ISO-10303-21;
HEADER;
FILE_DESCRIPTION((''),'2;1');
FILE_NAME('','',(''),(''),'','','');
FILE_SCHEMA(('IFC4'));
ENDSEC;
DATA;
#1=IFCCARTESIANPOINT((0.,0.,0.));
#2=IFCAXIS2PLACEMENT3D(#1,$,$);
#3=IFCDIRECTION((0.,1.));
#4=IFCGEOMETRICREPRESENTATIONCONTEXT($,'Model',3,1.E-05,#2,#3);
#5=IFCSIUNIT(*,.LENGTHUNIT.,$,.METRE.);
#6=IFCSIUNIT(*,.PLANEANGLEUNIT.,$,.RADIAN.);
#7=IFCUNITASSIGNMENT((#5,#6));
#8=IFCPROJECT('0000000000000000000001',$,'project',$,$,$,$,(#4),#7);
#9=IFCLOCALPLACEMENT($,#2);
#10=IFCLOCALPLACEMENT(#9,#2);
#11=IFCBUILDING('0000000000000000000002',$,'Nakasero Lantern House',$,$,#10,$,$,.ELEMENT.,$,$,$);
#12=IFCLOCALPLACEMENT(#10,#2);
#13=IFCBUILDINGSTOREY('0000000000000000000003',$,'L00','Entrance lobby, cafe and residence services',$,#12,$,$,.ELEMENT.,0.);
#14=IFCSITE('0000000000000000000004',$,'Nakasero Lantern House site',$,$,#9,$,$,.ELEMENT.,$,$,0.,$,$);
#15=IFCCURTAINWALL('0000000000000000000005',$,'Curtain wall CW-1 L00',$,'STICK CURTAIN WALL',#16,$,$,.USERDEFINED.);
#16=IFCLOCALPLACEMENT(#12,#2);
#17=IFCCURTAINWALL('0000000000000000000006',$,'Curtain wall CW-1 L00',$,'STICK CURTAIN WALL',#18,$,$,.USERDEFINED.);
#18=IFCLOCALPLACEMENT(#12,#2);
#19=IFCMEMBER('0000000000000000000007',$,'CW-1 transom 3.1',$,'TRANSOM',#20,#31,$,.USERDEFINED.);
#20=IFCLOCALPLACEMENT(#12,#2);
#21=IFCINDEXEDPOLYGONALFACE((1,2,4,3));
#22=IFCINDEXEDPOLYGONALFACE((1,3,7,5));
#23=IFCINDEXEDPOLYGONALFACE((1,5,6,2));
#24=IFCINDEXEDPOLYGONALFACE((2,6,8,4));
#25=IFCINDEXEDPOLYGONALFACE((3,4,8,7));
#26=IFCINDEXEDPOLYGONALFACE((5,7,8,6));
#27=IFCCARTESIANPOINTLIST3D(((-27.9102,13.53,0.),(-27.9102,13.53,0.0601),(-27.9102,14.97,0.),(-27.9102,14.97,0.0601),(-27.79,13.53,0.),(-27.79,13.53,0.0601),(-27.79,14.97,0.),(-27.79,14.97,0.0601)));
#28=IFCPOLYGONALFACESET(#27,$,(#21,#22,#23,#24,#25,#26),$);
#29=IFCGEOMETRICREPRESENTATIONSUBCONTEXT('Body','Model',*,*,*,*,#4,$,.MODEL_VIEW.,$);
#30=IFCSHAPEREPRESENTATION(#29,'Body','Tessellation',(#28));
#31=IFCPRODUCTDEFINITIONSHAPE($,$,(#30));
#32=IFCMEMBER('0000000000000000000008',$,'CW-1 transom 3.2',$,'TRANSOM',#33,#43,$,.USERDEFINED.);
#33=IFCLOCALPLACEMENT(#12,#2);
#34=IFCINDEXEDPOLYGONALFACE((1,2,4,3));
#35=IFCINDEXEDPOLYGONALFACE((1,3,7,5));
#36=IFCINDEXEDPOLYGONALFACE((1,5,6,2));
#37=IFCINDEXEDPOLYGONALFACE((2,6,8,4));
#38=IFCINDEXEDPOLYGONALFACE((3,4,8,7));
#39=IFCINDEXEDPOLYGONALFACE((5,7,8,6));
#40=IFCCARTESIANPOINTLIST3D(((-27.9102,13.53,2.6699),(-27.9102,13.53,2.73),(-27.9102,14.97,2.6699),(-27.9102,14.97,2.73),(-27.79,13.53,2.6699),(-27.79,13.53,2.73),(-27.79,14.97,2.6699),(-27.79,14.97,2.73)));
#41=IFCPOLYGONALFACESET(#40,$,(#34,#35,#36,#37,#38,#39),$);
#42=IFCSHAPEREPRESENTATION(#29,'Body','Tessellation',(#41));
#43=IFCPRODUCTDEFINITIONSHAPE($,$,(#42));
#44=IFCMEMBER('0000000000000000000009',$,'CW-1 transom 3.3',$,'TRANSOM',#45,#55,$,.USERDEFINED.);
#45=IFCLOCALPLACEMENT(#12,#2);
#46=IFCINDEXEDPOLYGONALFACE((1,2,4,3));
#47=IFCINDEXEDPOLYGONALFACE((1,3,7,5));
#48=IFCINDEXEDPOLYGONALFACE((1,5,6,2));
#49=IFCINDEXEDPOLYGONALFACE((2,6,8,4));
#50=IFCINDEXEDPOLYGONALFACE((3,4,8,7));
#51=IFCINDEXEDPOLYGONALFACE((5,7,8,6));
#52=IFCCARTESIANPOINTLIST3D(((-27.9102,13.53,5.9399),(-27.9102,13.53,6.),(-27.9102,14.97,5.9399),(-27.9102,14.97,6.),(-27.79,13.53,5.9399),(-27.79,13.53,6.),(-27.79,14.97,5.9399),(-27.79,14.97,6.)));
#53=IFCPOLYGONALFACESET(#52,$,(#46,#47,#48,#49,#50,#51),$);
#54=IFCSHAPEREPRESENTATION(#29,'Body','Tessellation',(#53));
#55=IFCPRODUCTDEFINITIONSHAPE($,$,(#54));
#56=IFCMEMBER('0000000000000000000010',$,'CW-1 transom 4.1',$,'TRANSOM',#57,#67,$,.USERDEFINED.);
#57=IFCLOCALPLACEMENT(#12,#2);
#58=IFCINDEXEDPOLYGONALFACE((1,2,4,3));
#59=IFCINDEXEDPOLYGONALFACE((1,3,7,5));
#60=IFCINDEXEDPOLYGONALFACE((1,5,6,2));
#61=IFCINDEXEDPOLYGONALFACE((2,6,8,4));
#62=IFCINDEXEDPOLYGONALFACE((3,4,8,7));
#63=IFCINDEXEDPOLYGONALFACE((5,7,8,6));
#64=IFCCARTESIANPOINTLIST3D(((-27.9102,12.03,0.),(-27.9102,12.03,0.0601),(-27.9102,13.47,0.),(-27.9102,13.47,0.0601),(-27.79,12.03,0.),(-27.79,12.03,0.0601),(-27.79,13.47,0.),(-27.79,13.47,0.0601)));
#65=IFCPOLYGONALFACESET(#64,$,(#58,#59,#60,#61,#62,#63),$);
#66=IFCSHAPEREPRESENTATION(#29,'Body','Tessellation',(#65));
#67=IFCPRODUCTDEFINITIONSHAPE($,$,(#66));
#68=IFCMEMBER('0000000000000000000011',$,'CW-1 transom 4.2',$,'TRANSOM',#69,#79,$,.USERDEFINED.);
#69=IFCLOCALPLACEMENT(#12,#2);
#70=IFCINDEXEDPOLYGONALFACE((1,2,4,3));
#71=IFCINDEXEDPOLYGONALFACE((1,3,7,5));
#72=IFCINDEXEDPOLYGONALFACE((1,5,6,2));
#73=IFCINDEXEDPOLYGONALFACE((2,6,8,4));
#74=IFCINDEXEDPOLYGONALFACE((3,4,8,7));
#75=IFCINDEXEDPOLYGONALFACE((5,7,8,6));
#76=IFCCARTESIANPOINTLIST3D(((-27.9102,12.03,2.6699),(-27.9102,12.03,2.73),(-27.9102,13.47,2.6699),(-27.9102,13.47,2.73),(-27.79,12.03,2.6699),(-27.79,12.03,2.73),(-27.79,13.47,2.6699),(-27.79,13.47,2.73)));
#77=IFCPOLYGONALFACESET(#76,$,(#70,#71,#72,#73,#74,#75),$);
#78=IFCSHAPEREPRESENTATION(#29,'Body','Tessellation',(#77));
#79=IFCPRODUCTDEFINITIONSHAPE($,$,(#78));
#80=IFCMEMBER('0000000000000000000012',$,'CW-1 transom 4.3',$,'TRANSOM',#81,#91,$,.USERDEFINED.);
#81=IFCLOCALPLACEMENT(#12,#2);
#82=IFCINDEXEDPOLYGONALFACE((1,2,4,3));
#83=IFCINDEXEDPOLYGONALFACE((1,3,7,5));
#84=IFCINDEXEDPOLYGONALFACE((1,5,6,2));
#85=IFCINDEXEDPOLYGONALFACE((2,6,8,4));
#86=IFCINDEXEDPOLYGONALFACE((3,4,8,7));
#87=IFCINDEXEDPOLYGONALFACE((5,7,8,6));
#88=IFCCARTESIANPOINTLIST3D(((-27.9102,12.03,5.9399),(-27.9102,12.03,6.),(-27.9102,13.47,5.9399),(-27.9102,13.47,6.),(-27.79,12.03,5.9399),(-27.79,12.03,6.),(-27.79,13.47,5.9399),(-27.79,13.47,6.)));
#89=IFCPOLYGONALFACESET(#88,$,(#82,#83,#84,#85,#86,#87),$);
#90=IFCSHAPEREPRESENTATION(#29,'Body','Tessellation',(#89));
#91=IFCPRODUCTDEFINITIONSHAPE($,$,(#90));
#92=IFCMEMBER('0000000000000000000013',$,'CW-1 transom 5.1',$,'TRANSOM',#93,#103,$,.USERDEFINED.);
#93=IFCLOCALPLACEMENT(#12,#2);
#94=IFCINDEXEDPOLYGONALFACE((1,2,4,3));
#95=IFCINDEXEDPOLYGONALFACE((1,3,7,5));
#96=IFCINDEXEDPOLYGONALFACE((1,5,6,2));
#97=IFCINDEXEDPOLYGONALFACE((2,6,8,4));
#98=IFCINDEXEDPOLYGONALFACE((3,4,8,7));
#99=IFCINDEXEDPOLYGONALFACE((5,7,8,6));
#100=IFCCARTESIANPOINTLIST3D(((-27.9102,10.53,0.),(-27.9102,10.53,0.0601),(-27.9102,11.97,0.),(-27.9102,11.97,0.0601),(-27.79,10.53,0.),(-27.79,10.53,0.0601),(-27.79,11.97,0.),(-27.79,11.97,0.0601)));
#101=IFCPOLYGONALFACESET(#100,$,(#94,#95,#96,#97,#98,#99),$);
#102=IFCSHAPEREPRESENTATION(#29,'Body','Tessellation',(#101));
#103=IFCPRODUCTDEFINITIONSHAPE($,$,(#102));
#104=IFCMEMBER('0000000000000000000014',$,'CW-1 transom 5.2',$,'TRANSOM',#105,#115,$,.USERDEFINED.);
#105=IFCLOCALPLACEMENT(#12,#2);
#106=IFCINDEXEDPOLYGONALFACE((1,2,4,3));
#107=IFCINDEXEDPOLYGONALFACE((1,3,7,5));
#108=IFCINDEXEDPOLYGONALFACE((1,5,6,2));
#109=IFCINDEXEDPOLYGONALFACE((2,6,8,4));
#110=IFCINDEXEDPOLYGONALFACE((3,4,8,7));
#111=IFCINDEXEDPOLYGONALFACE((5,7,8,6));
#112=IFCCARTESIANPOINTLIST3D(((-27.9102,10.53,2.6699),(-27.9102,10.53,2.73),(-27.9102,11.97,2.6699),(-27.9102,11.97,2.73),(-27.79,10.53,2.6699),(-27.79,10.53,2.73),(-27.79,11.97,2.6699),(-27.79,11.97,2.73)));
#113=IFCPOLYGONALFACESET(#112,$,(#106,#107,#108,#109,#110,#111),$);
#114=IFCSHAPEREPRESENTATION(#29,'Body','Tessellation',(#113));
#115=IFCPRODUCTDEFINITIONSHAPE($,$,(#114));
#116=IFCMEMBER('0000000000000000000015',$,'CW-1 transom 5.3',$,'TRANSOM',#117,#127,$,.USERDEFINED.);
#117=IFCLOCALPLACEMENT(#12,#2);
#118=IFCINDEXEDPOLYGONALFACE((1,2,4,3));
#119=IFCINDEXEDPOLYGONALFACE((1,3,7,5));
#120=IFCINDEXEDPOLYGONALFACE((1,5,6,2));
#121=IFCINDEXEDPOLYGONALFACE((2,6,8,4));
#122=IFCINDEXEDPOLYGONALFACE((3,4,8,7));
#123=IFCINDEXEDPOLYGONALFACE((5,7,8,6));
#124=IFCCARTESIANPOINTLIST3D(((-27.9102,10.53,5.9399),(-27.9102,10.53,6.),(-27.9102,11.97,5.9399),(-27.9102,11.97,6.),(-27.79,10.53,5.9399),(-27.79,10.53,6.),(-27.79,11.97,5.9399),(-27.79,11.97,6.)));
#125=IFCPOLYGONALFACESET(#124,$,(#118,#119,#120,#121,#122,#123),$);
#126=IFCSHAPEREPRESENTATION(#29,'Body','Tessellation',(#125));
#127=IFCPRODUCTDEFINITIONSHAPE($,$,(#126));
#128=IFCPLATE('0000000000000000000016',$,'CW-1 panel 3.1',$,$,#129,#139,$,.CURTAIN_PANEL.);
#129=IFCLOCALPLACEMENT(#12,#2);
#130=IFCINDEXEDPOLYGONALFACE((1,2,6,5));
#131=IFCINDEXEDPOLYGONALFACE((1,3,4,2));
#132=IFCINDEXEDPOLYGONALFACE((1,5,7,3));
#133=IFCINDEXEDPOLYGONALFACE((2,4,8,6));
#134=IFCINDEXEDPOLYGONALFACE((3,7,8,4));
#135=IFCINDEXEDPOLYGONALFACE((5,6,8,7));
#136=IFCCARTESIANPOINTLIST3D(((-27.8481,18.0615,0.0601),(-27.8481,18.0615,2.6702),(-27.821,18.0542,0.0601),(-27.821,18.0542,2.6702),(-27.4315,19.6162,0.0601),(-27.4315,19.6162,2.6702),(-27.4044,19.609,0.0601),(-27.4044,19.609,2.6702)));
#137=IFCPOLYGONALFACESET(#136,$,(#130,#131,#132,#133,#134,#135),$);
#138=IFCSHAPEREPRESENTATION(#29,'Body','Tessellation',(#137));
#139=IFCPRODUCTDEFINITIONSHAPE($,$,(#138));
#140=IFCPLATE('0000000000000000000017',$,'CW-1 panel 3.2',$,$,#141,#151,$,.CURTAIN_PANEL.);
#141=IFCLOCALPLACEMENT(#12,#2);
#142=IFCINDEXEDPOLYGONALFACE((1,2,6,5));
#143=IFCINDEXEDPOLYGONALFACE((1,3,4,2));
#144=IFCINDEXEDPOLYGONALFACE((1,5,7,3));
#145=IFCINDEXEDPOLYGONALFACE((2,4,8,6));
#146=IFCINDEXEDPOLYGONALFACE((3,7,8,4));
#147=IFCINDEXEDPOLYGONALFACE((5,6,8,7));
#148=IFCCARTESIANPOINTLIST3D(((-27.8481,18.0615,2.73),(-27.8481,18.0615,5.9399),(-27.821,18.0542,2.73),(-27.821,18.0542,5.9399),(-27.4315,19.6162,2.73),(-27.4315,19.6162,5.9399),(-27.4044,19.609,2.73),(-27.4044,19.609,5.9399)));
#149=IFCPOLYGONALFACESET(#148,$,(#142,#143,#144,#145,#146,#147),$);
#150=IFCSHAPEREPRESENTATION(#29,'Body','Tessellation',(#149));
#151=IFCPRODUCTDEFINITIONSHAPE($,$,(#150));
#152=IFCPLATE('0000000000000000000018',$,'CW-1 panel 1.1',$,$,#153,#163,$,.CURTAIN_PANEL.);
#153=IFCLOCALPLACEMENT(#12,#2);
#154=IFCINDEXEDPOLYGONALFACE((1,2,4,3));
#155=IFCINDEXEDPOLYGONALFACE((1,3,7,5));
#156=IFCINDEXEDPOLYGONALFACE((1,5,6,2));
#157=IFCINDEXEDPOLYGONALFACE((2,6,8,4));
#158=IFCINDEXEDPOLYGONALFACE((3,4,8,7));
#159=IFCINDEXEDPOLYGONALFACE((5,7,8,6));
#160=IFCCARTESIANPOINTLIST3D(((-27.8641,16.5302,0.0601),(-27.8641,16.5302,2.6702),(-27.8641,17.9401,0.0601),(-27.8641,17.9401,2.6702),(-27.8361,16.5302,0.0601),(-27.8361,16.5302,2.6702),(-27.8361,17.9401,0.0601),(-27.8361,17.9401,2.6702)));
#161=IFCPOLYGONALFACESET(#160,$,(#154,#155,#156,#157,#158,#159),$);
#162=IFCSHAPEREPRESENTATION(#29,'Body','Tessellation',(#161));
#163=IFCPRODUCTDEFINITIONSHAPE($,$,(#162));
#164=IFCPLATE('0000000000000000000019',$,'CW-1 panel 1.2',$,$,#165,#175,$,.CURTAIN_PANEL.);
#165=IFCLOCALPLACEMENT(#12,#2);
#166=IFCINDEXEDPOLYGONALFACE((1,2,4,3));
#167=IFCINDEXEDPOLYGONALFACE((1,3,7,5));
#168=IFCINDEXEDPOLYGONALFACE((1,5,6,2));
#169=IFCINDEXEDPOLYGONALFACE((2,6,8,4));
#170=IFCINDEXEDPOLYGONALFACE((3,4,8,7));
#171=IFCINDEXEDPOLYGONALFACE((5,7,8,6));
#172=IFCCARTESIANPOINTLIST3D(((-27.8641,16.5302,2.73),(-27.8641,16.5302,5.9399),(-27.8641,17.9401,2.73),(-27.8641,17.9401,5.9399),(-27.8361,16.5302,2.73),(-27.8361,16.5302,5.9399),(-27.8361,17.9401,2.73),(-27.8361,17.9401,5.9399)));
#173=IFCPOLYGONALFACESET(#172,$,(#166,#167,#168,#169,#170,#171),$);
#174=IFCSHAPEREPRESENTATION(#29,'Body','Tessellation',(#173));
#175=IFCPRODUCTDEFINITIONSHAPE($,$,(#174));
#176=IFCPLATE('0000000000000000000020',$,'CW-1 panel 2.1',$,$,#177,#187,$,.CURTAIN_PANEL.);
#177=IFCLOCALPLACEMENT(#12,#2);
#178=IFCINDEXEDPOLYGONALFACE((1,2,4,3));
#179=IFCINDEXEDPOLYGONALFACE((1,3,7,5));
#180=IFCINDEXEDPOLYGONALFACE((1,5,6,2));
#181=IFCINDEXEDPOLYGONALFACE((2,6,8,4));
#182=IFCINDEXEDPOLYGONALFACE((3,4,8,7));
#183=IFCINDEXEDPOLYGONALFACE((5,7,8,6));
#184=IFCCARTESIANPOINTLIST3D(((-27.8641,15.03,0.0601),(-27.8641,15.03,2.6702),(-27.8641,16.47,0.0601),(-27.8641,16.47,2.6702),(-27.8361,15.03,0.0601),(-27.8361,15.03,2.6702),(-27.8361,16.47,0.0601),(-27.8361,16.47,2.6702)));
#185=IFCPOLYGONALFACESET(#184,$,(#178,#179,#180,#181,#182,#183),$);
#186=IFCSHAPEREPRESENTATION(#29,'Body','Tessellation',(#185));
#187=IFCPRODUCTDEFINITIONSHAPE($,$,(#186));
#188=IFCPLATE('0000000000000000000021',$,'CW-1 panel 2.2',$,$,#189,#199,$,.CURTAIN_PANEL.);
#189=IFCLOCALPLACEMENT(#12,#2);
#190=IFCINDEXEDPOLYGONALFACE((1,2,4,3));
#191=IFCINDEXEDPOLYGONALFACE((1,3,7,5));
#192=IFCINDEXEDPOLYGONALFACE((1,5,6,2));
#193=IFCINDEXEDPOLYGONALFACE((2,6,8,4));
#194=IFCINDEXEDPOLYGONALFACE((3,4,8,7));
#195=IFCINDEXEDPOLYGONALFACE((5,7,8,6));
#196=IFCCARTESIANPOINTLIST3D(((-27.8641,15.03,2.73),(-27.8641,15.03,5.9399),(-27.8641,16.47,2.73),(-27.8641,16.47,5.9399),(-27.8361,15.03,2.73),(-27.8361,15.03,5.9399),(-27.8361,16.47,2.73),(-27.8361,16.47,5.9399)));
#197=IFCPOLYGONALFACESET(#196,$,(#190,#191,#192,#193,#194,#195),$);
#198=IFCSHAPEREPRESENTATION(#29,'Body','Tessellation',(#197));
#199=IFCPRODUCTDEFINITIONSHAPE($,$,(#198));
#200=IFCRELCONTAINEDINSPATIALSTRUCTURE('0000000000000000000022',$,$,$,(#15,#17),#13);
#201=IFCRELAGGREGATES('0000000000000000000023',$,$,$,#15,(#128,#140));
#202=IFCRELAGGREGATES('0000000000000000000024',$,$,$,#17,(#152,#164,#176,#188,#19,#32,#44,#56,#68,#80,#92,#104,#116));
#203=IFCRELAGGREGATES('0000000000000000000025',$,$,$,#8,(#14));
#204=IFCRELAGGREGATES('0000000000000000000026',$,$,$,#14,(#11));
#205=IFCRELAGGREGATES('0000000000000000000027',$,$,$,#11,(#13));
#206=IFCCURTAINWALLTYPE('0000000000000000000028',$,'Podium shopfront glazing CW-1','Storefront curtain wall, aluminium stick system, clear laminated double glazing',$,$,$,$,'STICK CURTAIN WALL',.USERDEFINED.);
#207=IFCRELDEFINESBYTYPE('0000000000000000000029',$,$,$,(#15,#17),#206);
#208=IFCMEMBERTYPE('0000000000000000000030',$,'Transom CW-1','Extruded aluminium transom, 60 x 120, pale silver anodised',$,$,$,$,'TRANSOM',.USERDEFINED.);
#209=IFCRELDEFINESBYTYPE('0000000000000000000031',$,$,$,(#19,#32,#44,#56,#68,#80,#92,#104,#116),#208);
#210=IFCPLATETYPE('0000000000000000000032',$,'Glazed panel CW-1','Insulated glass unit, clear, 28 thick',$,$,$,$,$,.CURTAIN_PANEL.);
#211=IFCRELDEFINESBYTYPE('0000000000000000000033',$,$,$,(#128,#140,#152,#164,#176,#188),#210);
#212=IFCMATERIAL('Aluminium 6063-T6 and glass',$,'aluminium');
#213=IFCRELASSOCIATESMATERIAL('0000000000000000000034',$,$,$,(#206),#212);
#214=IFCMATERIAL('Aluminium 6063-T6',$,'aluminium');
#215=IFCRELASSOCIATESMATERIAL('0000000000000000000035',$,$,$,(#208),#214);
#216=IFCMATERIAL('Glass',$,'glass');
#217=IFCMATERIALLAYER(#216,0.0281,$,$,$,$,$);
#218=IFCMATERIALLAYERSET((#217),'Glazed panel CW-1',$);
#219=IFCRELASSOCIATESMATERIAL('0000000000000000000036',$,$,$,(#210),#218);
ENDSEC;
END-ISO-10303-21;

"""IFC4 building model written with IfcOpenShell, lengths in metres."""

from ifc_helpers import new_model, si_unit, direction, frame, origin, origin_2d, place, context, subcontext, project, spatial, rectangle, extrude, material, layer, layer_set, material_profile, profile_set, type_object, element, aggregate, save


model = new_model("IFC4")

# Units and contexts
model_context = context("Model", 3, precision=1e-05, world=origin(), true_north=direction((0.0, 1.0)))
body_context = subcontext(model_context, "Body", "Model", "MODEL_VIEW")
ifc_project = project(units=[si_unit("LENGTHUNIT", "METRE"), si_unit("PLANEANGLEUNIT", "RADIAN")], contexts=[model_context])

# Site, building, storey
site_placement = place(None, origin())
site = spatial("IfcSite", under=ifc_project, at=site_placement, Name="Nakasero Lantern House site", CompositionType="ELEMENT", RefElevation=0.0)
building_placement = place(site_placement, origin())
building = spatial("IfcBuilding", under=site, at=building_placement, Name="Nakasero Lantern House", CompositionType="ELEMENT")
storey_placement = place(building_placement, origin())
storey = spatial("IfcBuildingStorey", under=building, at=storey_placement, Name="L00", Description="Entrance lobby, cafe and residence services", CompositionType="ELEMENT", Elevation=0.0)

# Curtain wall
ifc_material_1 = material(Name="Aluminium 6063-T6 and glass", Category="aluminium")
curtain_wall_type = type_object("IfcCurtainWallType", Name="Podium shopfront glazing CW-1", Description="Storefront curtain wall, aluminium stick system, clear laminated double glazing", ElementType="STICK CURTAIN WALL", PredefinedType="USERDEFINED", material=ifc_material_1)
curtain_wall_1_placement = place(storey_placement, origin())
curtain_wall_1 = element("IfcCurtainWall", 1, at=curtain_wall_1_placement, inside=storey, type_object=curtain_wall_type, Name="Curtain wall CW-1 L00", ObjectType="STICK CURTAIN WALL", PredefinedType="USERDEFINED")

# Curtain wall
curtain_wall_2_placement = place(storey_placement, origin())
curtain_wall_2 = element("IfcCurtainWall", 2, at=curtain_wall_2_placement, inside=storey, type_object=curtain_wall_type, Name="Curtain wall CW-1 L00", ObjectType="STICK CURTAIN WALL", PredefinedType="USERDEFINED")

# Members
ifc_material_2 = material(Name="Aluminium 6063-T6", Category="aluminium")
ifc_material_profile_1 = material_profile(ifc_material_2, rectangle(XDim=0.0601, YDim=0.1201, at=origin_2d()), Name="CW-1 transom 60x120")
ifc_profile_set_1 = profile_set([ifc_material_profile_1], Name="Aluminium 6063-T6")
member_type_1 = type_object("IfcMemberType", Name="Transom CW-1", Description="Extruded aluminium transom, 60 x 120, pale silver anodised", ElementType="TRANSOM", PredefinedType="USERDEFINED", material=ifc_profile_set_1)
member_1_placement = place(storey_placement, frame((-27.8501, 14.97, 0.03), z_axis=(0.0, -1.0, 0.0), x_axis=(0.0, 0.0, 1.0)))
member_1 = element("IfcMember", 3, at=member_1_placement, type_object=member_type_1, Name="CW-1 transom 3.1", ObjectType="TRANSOM", PredefinedType="USERDEFINED", context=body_context, shape_type="SweptSolid", body=[
    extrude(rectangle(XDim=0.0601, YDim=0.1201, at=origin_2d()), origin(), (0.0, 0.0, 1.0), 1.4399),
])
member_2_placement = place(storey_placement, frame((-27.8501, 14.97, 2.7), z_axis=(0.0, -1.0, 0.0), x_axis=(0.0, 0.0, 1.0)))
member_2 = element("IfcMember", 4, at=member_2_placement, type_object=member_type_1, Name="CW-1 transom 3.2", ObjectType="TRANSOM", PredefinedType="USERDEFINED", context=body_context, shape_type="SweptSolid", body=[
    extrude(rectangle(XDim=0.0601, YDim=0.1201, at=origin_2d()), origin(), (0.0, 0.0, 1.0), 1.4399),
])
member_3_placement = place(storey_placement, frame((-27.8501, 14.97, 5.97), z_axis=(0.0, -1.0, 0.0), x_axis=(0.0, 0.0, 1.0)))
member_3 = element("IfcMember", 5, at=member_3_placement, type_object=member_type_1, Name="CW-1 transom 3.3", ObjectType="TRANSOM", PredefinedType="USERDEFINED", context=body_context, shape_type="SweptSolid", body=[
    extrude(rectangle(XDim=0.0601, YDim=0.1201, at=origin_2d()), origin(), (0.0, 0.0, 1.0), 1.4399),
])
member_4_placement = place(storey_placement, frame((-27.8501, 13.47, 0.03), z_axis=(0.0, -1.0, 0.0), x_axis=(0.0, 0.0, 1.0)))
member_4 = element("IfcMember", 6, at=member_4_placement, type_object=member_type_1, Name="CW-1 transom 4.1", ObjectType="TRANSOM", PredefinedType="USERDEFINED", context=body_context, shape_type="SweptSolid", body=[
    extrude(rectangle(XDim=0.0601, YDim=0.1201, at=origin_2d()), origin(), (0.0, 0.0, 1.0), 1.4399),
])
member_5_placement = place(storey_placement, frame((-27.8501, 13.47, 2.7), z_axis=(0.0, -1.0, 0.0), x_axis=(0.0, 0.0, 1.0)))
member_5 = element("IfcMember", 7, at=member_5_placement, type_object=member_type_1, Name="CW-1 transom 4.2", ObjectType="TRANSOM", PredefinedType="USERDEFINED", context=body_context, shape_type="SweptSolid", body=[
    extrude(rectangle(XDim=0.0601, YDim=0.1201, at=origin_2d()), origin(), (0.0, 0.0, 1.0), 1.4399),
])
member_6_placement = place(storey_placement, frame((-27.8501, 13.47, 5.97), z_axis=(0.0, -1.0, 0.0), x_axis=(0.0, 0.0, 1.0)))
member_6 = element("IfcMember", 8, at=member_6_placement, type_object=member_type_1, Name="CW-1 transom 4.3", ObjectType="TRANSOM", PredefinedType="USERDEFINED", context=body_context, shape_type="SweptSolid", body=[
    extrude(rectangle(XDim=0.0601, YDim=0.1201, at=origin_2d()), origin(), (0.0, 0.0, 1.0), 1.4399),
])
member_7_placement = place(storey_placement, frame((-27.8501, 11.97, 0.03), z_axis=(0.0, -1.0, 0.0), x_axis=(0.0, 0.0, 1.0)))
member_7 = element("IfcMember", 9, at=member_7_placement, type_object=member_type_1, Name="CW-1 transom 5.1", ObjectType="TRANSOM", PredefinedType="USERDEFINED", context=body_context, shape_type="SweptSolid", body=[
    extrude(rectangle(XDim=0.0601, YDim=0.1201, at=origin_2d()), origin(), (0.0, 0.0, 1.0), 1.4399),
])
member_8_placement = place(storey_placement, frame((-27.8501, 11.97, 2.7), z_axis=(0.0, -1.0, 0.0), x_axis=(0.0, 0.0, 1.0)))
member_8 = element("IfcMember", 10, at=member_8_placement, type_object=member_type_1, Name="CW-1 transom 5.2", ObjectType="TRANSOM", PredefinedType="USERDEFINED", context=body_context, shape_type="SweptSolid", body=[
    extrude(rectangle(XDim=0.0601, YDim=0.1201, at=origin_2d()), origin(), (0.0, 0.0, 1.0), 1.4399),
])
member_9_placement = place(storey_placement, frame((-27.8501, 11.97, 5.97), z_axis=(0.0, -1.0, 0.0), x_axis=(0.0, 0.0, 1.0)))
member_9 = element("IfcMember", 11, at=member_9_placement, type_object=member_type_1, Name="CW-1 transom 5.3", ObjectType="TRANSOM", PredefinedType="USERDEFINED", context=body_context, shape_type="SweptSolid", body=[
    extrude(rectangle(XDim=0.0601, YDim=0.1201, at=origin_2d()), origin(), (0.0, 0.0, 1.0), 1.4399),
])

# Plates
ifc_material_3 = material(Name="Glass", Category="glass")
ifc_layer = layer(ifc_material_3, 0.0281)
ifc_layer_set = layer_set([ifc_layer], Name="Glazed panel CW-1")
plate_type = type_object("IfcPlateType", Name="Glazed panel CW-1", Description="Insulated glass unit, clear, 28 thick", PredefinedType="CURTAIN_PANEL", material=ifc_layer_set)
plate_1_placement = place(storey_placement, frame((-27.6262, 18.8352, 0.0601), z_axis=(0.0, 0.0, 1.0), x_axis=(-0.258819, -0.965926, 0.0)))
plate_1 = element("IfcPlate", 12, at=plate_1_placement, type_object=plate_type, Name="CW-1 panel 3.1", PredefinedType="CURTAIN_PANEL", context=body_context, shape_type="SweptSolid", body=[
    extrude(rectangle(XDim=1.6096, YDim=0.0281, at=origin_2d()), origin(), (0.0, 0.0, 1.0), 2.6101),
])
plate_2_placement = place(storey_placement, frame((-27.6262, 18.8352, 2.73), z_axis=(0.0, 0.0, 1.0), x_axis=(-0.258819, -0.965926, 0.0)))
plate_2 = element("IfcPlate", 13, at=plate_2_placement, type_object=plate_type, Name="CW-1 panel 3.2", PredefinedType="CURTAIN_PANEL", context=body_context, shape_type="SweptSolid", body=[
    extrude(rectangle(XDim=1.6096, YDim=0.0281, at=origin_2d()), origin(), (0.0, 0.0, 1.0), 3.21),
])
aggregate(curtain_wall_1, [plate_1, plate_2])
plate_3_placement = place(storey_placement, frame((-27.8501, 17.2351, 0.0601), z_axis=(0.0, 0.0, 1.0), x_axis=(0.0, -1.0, 0.0)))
plate_3 = element("IfcPlate", 14, at=plate_3_placement, type_object=plate_type, Name="CW-1 panel 1.1", PredefinedType="CURTAIN_PANEL", context=body_context, shape_type="SweptSolid", body=[
    extrude(rectangle(XDim=1.4099, YDim=0.0281, at=origin_2d()), origin(), (0.0, 0.0, 1.0), 2.6101),
])
plate_4_placement = place(storey_placement, frame((-27.8501, 17.2351, 2.73), z_axis=(0.0, 0.0, 1.0), x_axis=(0.0, -1.0, 0.0)))
plate_4 = element("IfcPlate", 15, at=plate_4_placement, type_object=plate_type, Name="CW-1 panel 1.2", PredefinedType="CURTAIN_PANEL", context=body_context, shape_type="SweptSolid", body=[
    extrude(rectangle(XDim=1.4099, YDim=0.0281, at=origin_2d()), origin(), (0.0, 0.0, 1.0), 3.21),
])
plate_5_placement = place(storey_placement, frame((-27.8501, 15.75, 0.0601), z_axis=(0.0, 0.0, 1.0), x_axis=(0.0, -1.0, 0.0)))
plate_5 = element("IfcPlate", 16, at=plate_5_placement, type_object=plate_type, Name="CW-1 panel 2.1", PredefinedType="CURTAIN_PANEL", context=body_context, shape_type="SweptSolid", body=[
    extrude(rectangle(XDim=1.4399, YDim=0.0281, at=origin_2d()), origin(), (0.0, 0.0, 1.0), 2.6101),
])
plate_6_placement = place(storey_placement, frame((-27.8501, 15.75, 2.73), z_axis=(0.0, 0.0, 1.0), x_axis=(0.0, -1.0, 0.0)))
plate_6 = element("IfcPlate", 17, at=plate_6_placement, type_object=plate_type, Name="CW-1 panel 2.2", PredefinedType="CURTAIN_PANEL", context=body_context, shape_type="SweptSolid", body=[
    extrude(rectangle(XDim=1.4399, YDim=0.0281, at=origin_2d()), origin(), (0.0, 0.0, 1.0), 3.21),
])
aggregate(curtain_wall_2, [plate_3, plate_4, plate_5, plate_6, member_1, member_2, member_3, member_4, member_5, member_6, member_7, member_8, member_9])

save(model, "model.ifc")
